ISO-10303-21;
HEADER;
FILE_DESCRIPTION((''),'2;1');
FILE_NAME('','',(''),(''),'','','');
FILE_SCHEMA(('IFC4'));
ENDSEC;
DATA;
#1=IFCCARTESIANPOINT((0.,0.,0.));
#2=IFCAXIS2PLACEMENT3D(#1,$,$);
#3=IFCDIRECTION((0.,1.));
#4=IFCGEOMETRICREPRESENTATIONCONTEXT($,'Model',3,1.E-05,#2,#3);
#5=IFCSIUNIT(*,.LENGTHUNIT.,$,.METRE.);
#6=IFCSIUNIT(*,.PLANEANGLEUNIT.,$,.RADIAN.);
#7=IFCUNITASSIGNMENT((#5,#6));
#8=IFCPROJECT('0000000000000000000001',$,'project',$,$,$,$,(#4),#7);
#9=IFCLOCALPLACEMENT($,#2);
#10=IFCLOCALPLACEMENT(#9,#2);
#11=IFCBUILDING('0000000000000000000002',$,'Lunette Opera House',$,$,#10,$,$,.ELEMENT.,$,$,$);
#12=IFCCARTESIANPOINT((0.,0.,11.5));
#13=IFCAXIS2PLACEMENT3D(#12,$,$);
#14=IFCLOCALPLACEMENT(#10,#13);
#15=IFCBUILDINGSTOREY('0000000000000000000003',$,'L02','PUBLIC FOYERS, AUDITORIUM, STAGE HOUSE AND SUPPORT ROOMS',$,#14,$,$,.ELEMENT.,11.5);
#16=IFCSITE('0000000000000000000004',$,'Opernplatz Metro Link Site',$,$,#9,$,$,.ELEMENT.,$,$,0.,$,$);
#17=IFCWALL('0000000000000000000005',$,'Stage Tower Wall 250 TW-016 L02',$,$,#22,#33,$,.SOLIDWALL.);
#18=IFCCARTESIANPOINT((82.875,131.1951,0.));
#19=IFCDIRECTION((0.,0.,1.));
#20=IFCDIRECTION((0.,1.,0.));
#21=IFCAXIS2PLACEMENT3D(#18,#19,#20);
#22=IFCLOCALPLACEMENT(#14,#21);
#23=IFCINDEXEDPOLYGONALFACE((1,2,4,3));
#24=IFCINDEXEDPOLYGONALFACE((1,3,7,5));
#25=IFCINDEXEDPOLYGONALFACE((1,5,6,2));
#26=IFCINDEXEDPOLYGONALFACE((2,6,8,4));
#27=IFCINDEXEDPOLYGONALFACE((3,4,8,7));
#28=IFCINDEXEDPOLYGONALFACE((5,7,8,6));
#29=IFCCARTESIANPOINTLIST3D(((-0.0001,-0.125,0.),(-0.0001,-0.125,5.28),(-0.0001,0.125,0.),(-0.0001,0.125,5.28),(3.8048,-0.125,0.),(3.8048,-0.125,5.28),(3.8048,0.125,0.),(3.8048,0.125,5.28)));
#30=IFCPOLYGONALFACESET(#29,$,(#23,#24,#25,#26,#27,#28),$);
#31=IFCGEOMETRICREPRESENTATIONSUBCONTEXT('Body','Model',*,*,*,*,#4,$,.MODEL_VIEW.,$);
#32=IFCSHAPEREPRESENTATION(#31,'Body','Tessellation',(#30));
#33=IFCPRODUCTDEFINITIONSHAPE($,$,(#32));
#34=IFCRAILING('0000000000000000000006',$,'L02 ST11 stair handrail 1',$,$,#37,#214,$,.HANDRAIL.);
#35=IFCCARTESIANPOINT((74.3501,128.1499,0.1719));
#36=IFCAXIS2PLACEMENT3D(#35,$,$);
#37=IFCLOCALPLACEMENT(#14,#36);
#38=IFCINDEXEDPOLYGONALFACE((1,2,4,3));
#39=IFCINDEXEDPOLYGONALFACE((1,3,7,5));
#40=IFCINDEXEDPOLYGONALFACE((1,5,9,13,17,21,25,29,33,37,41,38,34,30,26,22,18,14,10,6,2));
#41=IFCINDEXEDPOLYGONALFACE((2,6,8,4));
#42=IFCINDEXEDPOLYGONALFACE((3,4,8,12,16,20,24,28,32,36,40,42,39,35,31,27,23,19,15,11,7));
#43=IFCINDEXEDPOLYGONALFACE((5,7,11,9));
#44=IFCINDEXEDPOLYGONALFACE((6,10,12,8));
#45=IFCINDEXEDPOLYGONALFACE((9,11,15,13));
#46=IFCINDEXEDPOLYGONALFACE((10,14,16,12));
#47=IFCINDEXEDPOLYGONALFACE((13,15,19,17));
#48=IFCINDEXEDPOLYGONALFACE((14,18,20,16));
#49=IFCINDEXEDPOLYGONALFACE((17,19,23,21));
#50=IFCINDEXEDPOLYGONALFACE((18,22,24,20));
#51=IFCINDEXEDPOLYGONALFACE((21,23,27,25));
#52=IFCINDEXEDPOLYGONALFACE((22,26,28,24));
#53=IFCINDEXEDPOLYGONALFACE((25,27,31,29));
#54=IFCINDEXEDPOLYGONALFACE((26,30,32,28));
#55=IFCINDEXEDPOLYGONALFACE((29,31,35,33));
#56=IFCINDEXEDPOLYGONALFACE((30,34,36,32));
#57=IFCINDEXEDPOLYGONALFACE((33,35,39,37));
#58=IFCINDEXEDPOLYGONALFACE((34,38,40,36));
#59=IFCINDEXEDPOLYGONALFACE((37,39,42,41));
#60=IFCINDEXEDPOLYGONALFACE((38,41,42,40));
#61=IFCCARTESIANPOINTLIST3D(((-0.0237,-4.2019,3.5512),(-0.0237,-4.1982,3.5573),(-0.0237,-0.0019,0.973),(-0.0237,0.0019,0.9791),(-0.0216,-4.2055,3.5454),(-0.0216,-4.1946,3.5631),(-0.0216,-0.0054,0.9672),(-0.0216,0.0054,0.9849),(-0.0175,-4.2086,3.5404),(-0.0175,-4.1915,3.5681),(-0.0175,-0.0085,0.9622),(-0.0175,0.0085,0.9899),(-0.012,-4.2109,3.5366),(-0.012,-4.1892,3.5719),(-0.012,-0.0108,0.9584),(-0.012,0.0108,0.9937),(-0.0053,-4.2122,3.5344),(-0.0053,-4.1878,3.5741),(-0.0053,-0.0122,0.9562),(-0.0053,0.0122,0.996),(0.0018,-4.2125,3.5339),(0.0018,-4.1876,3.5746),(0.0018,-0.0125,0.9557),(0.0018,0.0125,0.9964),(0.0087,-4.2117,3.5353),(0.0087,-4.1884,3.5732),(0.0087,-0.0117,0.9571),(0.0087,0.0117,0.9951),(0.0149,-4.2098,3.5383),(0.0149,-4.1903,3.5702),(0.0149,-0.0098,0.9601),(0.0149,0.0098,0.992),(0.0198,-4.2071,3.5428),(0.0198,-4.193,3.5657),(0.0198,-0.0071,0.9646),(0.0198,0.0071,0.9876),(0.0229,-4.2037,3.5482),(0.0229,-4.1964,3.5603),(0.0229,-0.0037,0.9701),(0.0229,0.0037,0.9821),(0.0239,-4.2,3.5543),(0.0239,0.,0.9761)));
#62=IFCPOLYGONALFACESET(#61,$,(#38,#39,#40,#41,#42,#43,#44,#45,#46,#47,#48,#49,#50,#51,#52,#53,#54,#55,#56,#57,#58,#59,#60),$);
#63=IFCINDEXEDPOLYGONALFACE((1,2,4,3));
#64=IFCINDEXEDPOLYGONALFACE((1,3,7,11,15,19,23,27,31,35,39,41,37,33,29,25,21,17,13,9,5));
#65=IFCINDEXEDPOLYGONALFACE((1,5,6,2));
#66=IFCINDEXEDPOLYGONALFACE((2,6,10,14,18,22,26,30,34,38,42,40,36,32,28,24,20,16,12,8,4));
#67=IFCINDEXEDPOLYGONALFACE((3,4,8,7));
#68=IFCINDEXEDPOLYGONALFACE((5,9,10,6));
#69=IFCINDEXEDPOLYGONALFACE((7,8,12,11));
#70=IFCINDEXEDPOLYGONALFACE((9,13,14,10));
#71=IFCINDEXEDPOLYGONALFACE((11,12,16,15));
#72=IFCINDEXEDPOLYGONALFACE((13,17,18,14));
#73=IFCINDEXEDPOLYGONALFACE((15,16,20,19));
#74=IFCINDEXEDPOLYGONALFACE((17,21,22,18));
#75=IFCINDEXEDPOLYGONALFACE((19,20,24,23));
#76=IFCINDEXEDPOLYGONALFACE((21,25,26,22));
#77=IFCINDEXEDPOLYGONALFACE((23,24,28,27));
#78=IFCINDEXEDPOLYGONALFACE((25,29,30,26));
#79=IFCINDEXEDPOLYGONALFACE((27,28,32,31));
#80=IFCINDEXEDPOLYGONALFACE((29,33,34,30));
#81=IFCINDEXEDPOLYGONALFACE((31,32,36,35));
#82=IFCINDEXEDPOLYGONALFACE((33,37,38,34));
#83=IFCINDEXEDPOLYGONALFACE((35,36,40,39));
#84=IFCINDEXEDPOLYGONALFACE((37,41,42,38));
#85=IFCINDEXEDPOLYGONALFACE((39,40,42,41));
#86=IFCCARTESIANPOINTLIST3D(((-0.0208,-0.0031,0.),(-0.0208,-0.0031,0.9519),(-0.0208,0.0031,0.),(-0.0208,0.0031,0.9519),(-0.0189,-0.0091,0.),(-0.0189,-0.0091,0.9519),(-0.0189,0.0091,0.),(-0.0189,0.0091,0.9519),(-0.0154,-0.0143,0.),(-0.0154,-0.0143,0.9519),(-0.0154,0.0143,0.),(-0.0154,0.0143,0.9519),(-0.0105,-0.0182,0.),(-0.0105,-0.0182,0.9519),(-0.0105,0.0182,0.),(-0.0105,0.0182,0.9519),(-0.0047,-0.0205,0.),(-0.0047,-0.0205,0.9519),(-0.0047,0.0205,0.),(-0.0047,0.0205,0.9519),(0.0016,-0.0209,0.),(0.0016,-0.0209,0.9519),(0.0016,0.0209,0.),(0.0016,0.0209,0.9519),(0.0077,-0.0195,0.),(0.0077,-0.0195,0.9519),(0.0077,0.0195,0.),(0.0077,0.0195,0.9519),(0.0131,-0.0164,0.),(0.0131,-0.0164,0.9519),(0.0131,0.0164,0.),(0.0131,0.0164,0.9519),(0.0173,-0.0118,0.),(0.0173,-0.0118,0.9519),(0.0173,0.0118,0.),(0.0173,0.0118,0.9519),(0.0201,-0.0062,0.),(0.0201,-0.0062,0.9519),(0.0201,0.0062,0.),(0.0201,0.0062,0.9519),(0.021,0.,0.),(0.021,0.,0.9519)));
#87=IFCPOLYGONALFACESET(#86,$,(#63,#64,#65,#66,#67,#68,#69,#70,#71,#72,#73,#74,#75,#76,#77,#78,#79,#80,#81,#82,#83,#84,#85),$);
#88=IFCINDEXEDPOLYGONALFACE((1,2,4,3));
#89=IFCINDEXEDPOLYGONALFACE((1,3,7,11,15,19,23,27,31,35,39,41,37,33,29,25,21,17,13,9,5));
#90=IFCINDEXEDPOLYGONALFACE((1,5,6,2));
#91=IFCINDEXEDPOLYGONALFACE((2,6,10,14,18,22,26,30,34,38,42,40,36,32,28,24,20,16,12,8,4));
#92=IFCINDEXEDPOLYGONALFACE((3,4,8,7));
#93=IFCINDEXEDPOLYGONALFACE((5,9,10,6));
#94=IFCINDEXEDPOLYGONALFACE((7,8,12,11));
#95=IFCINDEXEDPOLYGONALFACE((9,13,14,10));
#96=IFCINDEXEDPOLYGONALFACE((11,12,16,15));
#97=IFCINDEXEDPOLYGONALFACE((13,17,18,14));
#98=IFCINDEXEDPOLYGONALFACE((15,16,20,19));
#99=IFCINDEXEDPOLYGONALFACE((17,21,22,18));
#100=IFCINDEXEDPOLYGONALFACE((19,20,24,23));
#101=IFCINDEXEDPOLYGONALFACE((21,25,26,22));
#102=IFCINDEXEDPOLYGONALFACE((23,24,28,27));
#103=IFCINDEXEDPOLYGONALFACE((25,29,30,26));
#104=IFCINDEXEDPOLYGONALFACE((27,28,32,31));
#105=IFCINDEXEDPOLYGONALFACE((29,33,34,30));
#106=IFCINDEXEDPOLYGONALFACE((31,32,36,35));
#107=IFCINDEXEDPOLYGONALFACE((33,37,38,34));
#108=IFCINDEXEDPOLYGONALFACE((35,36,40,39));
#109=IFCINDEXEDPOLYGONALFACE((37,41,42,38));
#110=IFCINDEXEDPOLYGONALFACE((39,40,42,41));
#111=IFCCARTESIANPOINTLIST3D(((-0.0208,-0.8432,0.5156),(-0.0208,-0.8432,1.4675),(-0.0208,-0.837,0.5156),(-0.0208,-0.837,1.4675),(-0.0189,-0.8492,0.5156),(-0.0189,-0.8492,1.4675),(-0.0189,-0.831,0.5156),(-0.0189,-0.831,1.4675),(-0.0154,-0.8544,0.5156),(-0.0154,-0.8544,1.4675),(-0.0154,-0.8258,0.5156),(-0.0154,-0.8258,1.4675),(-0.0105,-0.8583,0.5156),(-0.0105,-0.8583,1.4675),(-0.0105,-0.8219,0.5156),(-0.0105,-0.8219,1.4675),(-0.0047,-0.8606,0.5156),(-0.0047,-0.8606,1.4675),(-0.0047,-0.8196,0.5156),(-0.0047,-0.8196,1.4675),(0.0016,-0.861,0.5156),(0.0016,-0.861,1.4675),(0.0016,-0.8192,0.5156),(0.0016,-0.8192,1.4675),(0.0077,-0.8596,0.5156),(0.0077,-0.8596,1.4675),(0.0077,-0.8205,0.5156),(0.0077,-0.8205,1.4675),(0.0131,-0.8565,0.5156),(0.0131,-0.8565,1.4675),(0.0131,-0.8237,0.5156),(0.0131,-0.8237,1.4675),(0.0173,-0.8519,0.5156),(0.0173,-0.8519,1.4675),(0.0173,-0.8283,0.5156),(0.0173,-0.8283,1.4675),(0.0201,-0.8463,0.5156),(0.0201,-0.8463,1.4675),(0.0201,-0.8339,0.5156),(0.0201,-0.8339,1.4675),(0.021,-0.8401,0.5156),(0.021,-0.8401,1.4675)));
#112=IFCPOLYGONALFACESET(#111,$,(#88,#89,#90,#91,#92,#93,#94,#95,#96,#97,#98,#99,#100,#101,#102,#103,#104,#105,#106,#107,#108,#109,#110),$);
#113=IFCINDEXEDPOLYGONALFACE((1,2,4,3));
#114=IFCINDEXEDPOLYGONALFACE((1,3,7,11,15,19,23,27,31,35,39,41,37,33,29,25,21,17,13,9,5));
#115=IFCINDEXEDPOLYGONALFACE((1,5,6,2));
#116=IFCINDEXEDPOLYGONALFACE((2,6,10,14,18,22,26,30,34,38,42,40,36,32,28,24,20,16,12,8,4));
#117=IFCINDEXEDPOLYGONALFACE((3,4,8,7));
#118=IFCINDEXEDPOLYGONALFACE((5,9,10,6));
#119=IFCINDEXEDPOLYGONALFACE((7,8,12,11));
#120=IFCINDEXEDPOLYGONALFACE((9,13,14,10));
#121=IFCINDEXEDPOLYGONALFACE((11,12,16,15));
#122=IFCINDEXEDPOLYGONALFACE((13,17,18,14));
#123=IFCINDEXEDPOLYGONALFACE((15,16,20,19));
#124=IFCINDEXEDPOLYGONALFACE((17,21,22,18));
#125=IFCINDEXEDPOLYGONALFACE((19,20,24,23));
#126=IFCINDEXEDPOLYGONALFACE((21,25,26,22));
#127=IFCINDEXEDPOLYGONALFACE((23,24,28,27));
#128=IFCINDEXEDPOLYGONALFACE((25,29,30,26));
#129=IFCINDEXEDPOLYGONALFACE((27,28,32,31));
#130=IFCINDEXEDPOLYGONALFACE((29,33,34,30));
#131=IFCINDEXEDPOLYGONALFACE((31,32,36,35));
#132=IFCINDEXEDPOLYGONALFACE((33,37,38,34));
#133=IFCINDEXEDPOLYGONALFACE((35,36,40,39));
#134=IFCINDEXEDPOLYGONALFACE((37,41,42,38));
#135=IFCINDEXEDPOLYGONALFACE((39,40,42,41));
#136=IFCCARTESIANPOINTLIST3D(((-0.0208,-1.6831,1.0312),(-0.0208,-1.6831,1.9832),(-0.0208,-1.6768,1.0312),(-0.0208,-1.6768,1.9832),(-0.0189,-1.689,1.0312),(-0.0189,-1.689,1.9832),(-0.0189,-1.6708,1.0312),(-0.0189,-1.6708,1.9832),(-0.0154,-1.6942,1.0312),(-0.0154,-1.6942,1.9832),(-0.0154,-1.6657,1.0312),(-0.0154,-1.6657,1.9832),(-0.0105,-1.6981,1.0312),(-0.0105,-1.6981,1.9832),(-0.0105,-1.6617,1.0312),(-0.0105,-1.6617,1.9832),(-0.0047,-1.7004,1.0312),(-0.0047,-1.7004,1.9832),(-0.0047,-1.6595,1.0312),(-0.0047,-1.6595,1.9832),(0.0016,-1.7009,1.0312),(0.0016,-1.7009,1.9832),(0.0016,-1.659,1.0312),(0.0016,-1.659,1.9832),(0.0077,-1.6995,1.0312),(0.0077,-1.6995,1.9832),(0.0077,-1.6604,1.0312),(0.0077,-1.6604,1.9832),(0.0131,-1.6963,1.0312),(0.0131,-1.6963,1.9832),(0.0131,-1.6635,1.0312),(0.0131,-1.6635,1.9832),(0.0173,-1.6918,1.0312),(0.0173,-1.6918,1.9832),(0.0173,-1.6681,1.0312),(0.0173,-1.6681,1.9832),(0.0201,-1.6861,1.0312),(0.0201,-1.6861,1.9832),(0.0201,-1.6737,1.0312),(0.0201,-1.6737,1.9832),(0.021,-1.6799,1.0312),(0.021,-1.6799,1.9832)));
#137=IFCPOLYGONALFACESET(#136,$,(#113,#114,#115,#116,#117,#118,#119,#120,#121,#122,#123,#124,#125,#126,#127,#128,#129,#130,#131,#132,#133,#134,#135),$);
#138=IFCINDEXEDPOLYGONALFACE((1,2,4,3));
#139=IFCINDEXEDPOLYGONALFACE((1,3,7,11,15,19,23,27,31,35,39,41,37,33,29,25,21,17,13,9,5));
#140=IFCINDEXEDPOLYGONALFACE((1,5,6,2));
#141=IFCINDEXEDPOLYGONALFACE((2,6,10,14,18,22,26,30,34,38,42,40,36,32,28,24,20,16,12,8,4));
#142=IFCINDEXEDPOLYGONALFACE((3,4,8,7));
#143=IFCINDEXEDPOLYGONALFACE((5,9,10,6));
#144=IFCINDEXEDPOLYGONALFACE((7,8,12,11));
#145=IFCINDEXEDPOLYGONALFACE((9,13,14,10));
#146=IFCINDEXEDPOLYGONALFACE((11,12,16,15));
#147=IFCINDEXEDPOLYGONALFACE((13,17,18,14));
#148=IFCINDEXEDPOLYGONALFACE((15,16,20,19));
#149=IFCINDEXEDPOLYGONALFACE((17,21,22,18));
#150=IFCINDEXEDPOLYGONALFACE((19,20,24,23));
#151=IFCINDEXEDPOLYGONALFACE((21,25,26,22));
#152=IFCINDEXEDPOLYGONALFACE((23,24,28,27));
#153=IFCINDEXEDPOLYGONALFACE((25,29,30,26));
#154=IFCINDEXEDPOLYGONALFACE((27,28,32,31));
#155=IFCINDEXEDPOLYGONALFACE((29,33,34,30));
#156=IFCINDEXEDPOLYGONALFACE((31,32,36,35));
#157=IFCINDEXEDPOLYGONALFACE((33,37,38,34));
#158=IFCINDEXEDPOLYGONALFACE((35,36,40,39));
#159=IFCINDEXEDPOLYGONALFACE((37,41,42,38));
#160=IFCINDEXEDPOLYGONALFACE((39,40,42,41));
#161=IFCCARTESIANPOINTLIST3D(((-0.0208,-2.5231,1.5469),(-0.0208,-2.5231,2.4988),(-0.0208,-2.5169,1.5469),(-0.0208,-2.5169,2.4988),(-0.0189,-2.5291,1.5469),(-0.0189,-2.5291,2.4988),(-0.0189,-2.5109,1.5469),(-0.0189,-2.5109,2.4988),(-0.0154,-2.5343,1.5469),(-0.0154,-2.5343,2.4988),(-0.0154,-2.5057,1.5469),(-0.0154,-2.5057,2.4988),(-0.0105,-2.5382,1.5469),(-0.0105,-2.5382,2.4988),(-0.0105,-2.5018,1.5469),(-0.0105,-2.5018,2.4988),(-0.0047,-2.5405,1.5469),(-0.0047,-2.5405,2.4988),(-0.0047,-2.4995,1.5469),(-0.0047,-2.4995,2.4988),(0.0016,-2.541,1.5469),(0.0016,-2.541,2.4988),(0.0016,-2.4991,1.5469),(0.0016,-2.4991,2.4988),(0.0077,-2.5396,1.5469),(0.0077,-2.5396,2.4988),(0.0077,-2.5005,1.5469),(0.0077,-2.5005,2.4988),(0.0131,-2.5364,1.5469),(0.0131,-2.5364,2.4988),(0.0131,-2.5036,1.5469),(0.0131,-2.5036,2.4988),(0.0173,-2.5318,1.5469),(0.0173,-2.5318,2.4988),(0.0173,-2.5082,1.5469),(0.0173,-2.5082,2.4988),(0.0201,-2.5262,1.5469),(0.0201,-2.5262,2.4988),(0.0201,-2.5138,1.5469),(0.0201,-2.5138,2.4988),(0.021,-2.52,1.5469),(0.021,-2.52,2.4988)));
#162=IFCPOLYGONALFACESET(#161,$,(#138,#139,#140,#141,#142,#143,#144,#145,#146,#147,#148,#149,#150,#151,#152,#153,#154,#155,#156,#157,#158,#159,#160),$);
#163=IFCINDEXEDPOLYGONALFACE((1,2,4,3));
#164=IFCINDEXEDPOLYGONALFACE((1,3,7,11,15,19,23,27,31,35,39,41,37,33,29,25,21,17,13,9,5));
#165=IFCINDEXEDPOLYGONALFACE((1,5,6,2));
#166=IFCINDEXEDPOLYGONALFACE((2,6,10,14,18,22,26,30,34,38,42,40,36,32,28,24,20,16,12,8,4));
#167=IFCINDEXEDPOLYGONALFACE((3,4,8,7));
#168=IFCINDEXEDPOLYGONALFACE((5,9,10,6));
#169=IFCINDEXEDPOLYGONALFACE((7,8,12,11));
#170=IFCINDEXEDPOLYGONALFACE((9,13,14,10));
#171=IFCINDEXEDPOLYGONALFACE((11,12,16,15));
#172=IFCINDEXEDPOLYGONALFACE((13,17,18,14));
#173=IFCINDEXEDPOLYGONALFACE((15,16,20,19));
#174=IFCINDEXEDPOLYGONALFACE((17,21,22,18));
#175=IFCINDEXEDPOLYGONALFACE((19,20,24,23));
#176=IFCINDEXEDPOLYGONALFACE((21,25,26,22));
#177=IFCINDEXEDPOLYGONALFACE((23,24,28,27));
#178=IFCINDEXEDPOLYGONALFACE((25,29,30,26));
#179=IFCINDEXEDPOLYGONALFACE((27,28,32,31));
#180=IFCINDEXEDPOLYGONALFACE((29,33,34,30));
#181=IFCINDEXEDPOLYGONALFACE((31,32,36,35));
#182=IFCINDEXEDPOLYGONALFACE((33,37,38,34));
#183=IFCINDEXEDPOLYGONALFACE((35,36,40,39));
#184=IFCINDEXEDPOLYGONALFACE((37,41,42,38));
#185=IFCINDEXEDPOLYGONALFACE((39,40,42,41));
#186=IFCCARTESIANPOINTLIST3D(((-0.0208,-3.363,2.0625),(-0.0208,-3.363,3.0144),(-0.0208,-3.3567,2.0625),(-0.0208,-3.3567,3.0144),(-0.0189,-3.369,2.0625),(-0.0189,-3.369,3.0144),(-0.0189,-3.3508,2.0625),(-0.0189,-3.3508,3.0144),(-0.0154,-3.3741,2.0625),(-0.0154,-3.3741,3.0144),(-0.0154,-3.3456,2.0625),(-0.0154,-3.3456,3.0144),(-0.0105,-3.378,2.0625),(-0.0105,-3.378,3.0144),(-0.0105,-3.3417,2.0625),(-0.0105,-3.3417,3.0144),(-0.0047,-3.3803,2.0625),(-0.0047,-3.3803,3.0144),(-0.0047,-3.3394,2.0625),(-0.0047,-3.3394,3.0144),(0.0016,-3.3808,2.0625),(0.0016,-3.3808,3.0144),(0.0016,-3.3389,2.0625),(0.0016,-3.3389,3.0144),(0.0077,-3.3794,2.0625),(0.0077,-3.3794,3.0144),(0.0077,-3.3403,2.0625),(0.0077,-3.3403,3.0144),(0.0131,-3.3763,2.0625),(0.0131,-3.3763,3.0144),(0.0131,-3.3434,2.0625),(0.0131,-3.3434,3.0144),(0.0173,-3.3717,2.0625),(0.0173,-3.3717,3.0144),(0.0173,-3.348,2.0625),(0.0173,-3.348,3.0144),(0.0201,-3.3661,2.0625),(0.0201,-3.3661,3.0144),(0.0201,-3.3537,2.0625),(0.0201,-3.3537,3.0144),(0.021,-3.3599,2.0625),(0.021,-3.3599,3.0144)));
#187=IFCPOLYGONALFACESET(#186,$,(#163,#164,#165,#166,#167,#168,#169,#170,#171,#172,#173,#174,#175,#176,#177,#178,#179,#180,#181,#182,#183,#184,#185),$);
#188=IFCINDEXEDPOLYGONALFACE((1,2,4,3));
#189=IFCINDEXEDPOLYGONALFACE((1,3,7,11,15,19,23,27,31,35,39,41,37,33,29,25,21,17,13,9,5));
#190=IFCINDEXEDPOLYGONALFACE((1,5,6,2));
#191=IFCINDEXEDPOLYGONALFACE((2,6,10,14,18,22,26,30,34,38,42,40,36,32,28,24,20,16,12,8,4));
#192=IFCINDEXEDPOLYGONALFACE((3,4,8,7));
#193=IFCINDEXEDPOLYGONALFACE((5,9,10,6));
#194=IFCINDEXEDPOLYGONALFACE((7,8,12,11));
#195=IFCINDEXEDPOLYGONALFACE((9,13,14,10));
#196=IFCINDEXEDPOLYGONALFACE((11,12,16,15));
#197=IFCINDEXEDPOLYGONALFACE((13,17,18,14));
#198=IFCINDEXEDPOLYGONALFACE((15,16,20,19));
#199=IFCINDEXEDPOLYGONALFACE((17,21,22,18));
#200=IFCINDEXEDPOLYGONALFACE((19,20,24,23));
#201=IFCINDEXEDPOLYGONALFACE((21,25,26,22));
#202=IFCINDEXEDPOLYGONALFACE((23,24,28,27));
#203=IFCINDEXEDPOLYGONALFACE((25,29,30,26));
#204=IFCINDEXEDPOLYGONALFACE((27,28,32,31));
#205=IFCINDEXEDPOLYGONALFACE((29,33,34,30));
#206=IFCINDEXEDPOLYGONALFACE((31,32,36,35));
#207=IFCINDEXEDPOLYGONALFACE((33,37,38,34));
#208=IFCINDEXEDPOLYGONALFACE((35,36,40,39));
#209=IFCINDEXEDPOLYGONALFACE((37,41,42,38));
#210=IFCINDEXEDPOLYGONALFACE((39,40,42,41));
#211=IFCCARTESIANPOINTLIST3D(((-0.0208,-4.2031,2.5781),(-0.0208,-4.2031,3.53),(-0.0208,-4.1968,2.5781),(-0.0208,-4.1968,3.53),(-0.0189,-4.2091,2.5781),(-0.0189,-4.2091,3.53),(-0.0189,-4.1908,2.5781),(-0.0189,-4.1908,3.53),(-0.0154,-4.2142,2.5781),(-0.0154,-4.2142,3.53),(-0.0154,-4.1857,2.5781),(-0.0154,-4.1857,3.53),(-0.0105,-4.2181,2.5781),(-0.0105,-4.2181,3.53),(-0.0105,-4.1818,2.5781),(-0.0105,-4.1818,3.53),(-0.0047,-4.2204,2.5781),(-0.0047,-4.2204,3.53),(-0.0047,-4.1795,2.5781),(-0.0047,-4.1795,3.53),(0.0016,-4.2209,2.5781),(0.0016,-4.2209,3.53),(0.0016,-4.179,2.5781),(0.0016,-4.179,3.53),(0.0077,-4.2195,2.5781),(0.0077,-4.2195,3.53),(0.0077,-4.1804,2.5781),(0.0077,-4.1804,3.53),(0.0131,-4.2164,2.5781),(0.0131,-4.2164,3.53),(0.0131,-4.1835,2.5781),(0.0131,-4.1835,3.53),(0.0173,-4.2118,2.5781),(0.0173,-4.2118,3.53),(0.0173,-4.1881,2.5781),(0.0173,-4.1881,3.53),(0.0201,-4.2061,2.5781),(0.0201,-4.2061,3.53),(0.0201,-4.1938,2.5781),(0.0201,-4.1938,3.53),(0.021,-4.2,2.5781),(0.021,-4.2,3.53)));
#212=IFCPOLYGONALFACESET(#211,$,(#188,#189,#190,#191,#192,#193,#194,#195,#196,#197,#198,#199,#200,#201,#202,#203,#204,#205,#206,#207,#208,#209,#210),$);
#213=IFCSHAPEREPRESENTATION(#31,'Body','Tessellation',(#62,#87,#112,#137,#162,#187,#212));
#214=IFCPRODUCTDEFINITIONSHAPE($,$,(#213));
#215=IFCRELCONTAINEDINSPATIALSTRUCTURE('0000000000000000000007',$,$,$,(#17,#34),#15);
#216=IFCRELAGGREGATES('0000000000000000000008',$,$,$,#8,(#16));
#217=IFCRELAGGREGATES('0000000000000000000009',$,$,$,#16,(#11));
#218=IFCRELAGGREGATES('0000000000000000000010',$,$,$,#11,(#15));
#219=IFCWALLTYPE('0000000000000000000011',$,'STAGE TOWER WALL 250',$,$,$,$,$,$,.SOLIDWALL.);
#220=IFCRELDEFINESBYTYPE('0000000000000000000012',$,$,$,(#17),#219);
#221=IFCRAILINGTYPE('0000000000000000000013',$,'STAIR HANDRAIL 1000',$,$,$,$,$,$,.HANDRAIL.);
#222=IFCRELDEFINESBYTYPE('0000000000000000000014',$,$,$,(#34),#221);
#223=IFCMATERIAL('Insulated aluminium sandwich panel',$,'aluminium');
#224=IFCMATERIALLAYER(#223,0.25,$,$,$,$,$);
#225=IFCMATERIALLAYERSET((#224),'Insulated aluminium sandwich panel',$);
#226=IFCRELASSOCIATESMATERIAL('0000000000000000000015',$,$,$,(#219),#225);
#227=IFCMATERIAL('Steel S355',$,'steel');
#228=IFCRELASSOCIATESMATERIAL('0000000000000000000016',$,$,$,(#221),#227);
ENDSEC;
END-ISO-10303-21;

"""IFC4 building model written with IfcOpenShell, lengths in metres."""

from ifc_helpers import new_model, si_unit, direction, frame, frame_2d, origin, origin_2d, place, context, subcontext, project, spatial, rectangle, circle, extrude, material, layer, layer_set, type_object, element, save


model = new_model("IFC4")

# Units and contexts
model_context = context("Model", 3, precision=1e-05, world=origin(), true_north=direction((0.0, 1.0)))
body_context = subcontext(model_context, "Body", "Model", "MODEL_VIEW")
ifc_project = project(units=[si_unit("LENGTHUNIT", "METRE"), si_unit("PLANEANGLEUNIT", "RADIAN")], contexts=[model_context])

# Site, building, storey
site_placement = place(None, origin())
site = spatial("IfcSite", under=ifc_project, at=site_placement, Name="Opernplatz Metro Link Site", CompositionType="ELEMENT", RefElevation=0.0)
building_placement = place(site_placement, origin())
building = spatial("IfcBuilding", under=site, at=building_placement, Name="Lunette Opera House", CompositionType="ELEMENT")
storey_placement = place(building_placement, frame((0.0, 0.0, 11.5)))
storey = spatial("IfcBuildingStorey", under=building, at=storey_placement, Name="L02", Description="PUBLIC FOYERS, AUDITORIUM, STAGE HOUSE AND SUPPORT ROOMS", CompositionType="ELEMENT", Elevation=11.5)

# Shared definitions
ifc_material_1 = material(Name="Insulated aluminium sandwich panel", Category="aluminium")
ifc_layer_1 = layer(ifc_material_1, 0.25)
ifc_layer_set_1 = layer_set([ifc_layer_1], Name="Insulated aluminium sandwich panel")
wall_type_1 = type_object("IfcWallType", Name="STAGE TOWER WALL 250", PredefinedType="SOLIDWALL", material=ifc_layer_set_1)

# Wall
wall_1_placement = place(storey_placement, frame((82.875, 131.1951, 0.0), z_axis=(0.0, 0.0, 1.0), x_axis=(0.0, 1.0, 0.0)))
element("IfcWall", 1, at=wall_1_placement, inside=storey, type_object=wall_type_1, Name="Stage Tower Wall 250 TW-016 L02", PredefinedType="SOLIDWALL", context=body_context, shape_type="SweptSolid", body=[
    extrude(rectangle(XDim=3.8049, YDim=0.25, at=frame_2d((1.9023, 0.0))), origin(), (0.0, 0.0, 1.0), 5.28),
])

# Railing
ifc_material_2 = material(Name="Steel S355", Category="steel")
railing_type_1 = type_object("IfcRailingType", Name="STAIR HANDRAIL 1000", PredefinedType="HANDRAIL", material=ifc_material_2)
railing_1_placement = place(storey_placement, frame((74.3501, 128.1499, 0.1719)))
element("IfcRailing", 2, at=railing_1_placement, inside=storey, type_object=railing_type_1, Name="L02 ST11 stair handrail 1", PredefinedType="HANDRAIL", context=body_context, shape_type="SweptSolid", body=[
    extrude(circle(Radius=0.0239, at=origin_2d()), frame((0.0, 0.0, 0.9761), z_axis=(0.0, -0.852243, 0.523146), x_axis=(1.0, 0.0, 0.0)), (0.0, 0.0, 1.0), 4.9282),
    extrude(circle(Radius=0.021, at=origin_2d()), origin(), (0.0, 0.0, 1.0), 0.9519),
    extrude(circle(Radius=0.021, at=origin_2d()), frame((0.0, -0.8401, 0.5156)), (0.0, 0.0, 1.0), 0.9519),
    extrude(circle(Radius=0.021, at=origin_2d()), frame((0.0, -1.6799, 1.0312)), (0.0, 0.0, 1.0), 0.9519),
    extrude(circle(Radius=0.021, at=origin_2d()), frame((0.0, -2.52, 1.5469)), (0.0, 0.0, 1.0), 0.9519),
    extrude(circle(Radius=0.021, at=origin_2d()), frame((0.0, -3.3599, 2.0625)), (0.0, 0.0, 1.0), 0.9519),
    extrude(circle(Radius=0.021, at=origin_2d()), frame((0.0, -4.2, 2.5781)), (0.0, 0.0, 1.0), 0.9519),
])

save(model, "model.ifc")
